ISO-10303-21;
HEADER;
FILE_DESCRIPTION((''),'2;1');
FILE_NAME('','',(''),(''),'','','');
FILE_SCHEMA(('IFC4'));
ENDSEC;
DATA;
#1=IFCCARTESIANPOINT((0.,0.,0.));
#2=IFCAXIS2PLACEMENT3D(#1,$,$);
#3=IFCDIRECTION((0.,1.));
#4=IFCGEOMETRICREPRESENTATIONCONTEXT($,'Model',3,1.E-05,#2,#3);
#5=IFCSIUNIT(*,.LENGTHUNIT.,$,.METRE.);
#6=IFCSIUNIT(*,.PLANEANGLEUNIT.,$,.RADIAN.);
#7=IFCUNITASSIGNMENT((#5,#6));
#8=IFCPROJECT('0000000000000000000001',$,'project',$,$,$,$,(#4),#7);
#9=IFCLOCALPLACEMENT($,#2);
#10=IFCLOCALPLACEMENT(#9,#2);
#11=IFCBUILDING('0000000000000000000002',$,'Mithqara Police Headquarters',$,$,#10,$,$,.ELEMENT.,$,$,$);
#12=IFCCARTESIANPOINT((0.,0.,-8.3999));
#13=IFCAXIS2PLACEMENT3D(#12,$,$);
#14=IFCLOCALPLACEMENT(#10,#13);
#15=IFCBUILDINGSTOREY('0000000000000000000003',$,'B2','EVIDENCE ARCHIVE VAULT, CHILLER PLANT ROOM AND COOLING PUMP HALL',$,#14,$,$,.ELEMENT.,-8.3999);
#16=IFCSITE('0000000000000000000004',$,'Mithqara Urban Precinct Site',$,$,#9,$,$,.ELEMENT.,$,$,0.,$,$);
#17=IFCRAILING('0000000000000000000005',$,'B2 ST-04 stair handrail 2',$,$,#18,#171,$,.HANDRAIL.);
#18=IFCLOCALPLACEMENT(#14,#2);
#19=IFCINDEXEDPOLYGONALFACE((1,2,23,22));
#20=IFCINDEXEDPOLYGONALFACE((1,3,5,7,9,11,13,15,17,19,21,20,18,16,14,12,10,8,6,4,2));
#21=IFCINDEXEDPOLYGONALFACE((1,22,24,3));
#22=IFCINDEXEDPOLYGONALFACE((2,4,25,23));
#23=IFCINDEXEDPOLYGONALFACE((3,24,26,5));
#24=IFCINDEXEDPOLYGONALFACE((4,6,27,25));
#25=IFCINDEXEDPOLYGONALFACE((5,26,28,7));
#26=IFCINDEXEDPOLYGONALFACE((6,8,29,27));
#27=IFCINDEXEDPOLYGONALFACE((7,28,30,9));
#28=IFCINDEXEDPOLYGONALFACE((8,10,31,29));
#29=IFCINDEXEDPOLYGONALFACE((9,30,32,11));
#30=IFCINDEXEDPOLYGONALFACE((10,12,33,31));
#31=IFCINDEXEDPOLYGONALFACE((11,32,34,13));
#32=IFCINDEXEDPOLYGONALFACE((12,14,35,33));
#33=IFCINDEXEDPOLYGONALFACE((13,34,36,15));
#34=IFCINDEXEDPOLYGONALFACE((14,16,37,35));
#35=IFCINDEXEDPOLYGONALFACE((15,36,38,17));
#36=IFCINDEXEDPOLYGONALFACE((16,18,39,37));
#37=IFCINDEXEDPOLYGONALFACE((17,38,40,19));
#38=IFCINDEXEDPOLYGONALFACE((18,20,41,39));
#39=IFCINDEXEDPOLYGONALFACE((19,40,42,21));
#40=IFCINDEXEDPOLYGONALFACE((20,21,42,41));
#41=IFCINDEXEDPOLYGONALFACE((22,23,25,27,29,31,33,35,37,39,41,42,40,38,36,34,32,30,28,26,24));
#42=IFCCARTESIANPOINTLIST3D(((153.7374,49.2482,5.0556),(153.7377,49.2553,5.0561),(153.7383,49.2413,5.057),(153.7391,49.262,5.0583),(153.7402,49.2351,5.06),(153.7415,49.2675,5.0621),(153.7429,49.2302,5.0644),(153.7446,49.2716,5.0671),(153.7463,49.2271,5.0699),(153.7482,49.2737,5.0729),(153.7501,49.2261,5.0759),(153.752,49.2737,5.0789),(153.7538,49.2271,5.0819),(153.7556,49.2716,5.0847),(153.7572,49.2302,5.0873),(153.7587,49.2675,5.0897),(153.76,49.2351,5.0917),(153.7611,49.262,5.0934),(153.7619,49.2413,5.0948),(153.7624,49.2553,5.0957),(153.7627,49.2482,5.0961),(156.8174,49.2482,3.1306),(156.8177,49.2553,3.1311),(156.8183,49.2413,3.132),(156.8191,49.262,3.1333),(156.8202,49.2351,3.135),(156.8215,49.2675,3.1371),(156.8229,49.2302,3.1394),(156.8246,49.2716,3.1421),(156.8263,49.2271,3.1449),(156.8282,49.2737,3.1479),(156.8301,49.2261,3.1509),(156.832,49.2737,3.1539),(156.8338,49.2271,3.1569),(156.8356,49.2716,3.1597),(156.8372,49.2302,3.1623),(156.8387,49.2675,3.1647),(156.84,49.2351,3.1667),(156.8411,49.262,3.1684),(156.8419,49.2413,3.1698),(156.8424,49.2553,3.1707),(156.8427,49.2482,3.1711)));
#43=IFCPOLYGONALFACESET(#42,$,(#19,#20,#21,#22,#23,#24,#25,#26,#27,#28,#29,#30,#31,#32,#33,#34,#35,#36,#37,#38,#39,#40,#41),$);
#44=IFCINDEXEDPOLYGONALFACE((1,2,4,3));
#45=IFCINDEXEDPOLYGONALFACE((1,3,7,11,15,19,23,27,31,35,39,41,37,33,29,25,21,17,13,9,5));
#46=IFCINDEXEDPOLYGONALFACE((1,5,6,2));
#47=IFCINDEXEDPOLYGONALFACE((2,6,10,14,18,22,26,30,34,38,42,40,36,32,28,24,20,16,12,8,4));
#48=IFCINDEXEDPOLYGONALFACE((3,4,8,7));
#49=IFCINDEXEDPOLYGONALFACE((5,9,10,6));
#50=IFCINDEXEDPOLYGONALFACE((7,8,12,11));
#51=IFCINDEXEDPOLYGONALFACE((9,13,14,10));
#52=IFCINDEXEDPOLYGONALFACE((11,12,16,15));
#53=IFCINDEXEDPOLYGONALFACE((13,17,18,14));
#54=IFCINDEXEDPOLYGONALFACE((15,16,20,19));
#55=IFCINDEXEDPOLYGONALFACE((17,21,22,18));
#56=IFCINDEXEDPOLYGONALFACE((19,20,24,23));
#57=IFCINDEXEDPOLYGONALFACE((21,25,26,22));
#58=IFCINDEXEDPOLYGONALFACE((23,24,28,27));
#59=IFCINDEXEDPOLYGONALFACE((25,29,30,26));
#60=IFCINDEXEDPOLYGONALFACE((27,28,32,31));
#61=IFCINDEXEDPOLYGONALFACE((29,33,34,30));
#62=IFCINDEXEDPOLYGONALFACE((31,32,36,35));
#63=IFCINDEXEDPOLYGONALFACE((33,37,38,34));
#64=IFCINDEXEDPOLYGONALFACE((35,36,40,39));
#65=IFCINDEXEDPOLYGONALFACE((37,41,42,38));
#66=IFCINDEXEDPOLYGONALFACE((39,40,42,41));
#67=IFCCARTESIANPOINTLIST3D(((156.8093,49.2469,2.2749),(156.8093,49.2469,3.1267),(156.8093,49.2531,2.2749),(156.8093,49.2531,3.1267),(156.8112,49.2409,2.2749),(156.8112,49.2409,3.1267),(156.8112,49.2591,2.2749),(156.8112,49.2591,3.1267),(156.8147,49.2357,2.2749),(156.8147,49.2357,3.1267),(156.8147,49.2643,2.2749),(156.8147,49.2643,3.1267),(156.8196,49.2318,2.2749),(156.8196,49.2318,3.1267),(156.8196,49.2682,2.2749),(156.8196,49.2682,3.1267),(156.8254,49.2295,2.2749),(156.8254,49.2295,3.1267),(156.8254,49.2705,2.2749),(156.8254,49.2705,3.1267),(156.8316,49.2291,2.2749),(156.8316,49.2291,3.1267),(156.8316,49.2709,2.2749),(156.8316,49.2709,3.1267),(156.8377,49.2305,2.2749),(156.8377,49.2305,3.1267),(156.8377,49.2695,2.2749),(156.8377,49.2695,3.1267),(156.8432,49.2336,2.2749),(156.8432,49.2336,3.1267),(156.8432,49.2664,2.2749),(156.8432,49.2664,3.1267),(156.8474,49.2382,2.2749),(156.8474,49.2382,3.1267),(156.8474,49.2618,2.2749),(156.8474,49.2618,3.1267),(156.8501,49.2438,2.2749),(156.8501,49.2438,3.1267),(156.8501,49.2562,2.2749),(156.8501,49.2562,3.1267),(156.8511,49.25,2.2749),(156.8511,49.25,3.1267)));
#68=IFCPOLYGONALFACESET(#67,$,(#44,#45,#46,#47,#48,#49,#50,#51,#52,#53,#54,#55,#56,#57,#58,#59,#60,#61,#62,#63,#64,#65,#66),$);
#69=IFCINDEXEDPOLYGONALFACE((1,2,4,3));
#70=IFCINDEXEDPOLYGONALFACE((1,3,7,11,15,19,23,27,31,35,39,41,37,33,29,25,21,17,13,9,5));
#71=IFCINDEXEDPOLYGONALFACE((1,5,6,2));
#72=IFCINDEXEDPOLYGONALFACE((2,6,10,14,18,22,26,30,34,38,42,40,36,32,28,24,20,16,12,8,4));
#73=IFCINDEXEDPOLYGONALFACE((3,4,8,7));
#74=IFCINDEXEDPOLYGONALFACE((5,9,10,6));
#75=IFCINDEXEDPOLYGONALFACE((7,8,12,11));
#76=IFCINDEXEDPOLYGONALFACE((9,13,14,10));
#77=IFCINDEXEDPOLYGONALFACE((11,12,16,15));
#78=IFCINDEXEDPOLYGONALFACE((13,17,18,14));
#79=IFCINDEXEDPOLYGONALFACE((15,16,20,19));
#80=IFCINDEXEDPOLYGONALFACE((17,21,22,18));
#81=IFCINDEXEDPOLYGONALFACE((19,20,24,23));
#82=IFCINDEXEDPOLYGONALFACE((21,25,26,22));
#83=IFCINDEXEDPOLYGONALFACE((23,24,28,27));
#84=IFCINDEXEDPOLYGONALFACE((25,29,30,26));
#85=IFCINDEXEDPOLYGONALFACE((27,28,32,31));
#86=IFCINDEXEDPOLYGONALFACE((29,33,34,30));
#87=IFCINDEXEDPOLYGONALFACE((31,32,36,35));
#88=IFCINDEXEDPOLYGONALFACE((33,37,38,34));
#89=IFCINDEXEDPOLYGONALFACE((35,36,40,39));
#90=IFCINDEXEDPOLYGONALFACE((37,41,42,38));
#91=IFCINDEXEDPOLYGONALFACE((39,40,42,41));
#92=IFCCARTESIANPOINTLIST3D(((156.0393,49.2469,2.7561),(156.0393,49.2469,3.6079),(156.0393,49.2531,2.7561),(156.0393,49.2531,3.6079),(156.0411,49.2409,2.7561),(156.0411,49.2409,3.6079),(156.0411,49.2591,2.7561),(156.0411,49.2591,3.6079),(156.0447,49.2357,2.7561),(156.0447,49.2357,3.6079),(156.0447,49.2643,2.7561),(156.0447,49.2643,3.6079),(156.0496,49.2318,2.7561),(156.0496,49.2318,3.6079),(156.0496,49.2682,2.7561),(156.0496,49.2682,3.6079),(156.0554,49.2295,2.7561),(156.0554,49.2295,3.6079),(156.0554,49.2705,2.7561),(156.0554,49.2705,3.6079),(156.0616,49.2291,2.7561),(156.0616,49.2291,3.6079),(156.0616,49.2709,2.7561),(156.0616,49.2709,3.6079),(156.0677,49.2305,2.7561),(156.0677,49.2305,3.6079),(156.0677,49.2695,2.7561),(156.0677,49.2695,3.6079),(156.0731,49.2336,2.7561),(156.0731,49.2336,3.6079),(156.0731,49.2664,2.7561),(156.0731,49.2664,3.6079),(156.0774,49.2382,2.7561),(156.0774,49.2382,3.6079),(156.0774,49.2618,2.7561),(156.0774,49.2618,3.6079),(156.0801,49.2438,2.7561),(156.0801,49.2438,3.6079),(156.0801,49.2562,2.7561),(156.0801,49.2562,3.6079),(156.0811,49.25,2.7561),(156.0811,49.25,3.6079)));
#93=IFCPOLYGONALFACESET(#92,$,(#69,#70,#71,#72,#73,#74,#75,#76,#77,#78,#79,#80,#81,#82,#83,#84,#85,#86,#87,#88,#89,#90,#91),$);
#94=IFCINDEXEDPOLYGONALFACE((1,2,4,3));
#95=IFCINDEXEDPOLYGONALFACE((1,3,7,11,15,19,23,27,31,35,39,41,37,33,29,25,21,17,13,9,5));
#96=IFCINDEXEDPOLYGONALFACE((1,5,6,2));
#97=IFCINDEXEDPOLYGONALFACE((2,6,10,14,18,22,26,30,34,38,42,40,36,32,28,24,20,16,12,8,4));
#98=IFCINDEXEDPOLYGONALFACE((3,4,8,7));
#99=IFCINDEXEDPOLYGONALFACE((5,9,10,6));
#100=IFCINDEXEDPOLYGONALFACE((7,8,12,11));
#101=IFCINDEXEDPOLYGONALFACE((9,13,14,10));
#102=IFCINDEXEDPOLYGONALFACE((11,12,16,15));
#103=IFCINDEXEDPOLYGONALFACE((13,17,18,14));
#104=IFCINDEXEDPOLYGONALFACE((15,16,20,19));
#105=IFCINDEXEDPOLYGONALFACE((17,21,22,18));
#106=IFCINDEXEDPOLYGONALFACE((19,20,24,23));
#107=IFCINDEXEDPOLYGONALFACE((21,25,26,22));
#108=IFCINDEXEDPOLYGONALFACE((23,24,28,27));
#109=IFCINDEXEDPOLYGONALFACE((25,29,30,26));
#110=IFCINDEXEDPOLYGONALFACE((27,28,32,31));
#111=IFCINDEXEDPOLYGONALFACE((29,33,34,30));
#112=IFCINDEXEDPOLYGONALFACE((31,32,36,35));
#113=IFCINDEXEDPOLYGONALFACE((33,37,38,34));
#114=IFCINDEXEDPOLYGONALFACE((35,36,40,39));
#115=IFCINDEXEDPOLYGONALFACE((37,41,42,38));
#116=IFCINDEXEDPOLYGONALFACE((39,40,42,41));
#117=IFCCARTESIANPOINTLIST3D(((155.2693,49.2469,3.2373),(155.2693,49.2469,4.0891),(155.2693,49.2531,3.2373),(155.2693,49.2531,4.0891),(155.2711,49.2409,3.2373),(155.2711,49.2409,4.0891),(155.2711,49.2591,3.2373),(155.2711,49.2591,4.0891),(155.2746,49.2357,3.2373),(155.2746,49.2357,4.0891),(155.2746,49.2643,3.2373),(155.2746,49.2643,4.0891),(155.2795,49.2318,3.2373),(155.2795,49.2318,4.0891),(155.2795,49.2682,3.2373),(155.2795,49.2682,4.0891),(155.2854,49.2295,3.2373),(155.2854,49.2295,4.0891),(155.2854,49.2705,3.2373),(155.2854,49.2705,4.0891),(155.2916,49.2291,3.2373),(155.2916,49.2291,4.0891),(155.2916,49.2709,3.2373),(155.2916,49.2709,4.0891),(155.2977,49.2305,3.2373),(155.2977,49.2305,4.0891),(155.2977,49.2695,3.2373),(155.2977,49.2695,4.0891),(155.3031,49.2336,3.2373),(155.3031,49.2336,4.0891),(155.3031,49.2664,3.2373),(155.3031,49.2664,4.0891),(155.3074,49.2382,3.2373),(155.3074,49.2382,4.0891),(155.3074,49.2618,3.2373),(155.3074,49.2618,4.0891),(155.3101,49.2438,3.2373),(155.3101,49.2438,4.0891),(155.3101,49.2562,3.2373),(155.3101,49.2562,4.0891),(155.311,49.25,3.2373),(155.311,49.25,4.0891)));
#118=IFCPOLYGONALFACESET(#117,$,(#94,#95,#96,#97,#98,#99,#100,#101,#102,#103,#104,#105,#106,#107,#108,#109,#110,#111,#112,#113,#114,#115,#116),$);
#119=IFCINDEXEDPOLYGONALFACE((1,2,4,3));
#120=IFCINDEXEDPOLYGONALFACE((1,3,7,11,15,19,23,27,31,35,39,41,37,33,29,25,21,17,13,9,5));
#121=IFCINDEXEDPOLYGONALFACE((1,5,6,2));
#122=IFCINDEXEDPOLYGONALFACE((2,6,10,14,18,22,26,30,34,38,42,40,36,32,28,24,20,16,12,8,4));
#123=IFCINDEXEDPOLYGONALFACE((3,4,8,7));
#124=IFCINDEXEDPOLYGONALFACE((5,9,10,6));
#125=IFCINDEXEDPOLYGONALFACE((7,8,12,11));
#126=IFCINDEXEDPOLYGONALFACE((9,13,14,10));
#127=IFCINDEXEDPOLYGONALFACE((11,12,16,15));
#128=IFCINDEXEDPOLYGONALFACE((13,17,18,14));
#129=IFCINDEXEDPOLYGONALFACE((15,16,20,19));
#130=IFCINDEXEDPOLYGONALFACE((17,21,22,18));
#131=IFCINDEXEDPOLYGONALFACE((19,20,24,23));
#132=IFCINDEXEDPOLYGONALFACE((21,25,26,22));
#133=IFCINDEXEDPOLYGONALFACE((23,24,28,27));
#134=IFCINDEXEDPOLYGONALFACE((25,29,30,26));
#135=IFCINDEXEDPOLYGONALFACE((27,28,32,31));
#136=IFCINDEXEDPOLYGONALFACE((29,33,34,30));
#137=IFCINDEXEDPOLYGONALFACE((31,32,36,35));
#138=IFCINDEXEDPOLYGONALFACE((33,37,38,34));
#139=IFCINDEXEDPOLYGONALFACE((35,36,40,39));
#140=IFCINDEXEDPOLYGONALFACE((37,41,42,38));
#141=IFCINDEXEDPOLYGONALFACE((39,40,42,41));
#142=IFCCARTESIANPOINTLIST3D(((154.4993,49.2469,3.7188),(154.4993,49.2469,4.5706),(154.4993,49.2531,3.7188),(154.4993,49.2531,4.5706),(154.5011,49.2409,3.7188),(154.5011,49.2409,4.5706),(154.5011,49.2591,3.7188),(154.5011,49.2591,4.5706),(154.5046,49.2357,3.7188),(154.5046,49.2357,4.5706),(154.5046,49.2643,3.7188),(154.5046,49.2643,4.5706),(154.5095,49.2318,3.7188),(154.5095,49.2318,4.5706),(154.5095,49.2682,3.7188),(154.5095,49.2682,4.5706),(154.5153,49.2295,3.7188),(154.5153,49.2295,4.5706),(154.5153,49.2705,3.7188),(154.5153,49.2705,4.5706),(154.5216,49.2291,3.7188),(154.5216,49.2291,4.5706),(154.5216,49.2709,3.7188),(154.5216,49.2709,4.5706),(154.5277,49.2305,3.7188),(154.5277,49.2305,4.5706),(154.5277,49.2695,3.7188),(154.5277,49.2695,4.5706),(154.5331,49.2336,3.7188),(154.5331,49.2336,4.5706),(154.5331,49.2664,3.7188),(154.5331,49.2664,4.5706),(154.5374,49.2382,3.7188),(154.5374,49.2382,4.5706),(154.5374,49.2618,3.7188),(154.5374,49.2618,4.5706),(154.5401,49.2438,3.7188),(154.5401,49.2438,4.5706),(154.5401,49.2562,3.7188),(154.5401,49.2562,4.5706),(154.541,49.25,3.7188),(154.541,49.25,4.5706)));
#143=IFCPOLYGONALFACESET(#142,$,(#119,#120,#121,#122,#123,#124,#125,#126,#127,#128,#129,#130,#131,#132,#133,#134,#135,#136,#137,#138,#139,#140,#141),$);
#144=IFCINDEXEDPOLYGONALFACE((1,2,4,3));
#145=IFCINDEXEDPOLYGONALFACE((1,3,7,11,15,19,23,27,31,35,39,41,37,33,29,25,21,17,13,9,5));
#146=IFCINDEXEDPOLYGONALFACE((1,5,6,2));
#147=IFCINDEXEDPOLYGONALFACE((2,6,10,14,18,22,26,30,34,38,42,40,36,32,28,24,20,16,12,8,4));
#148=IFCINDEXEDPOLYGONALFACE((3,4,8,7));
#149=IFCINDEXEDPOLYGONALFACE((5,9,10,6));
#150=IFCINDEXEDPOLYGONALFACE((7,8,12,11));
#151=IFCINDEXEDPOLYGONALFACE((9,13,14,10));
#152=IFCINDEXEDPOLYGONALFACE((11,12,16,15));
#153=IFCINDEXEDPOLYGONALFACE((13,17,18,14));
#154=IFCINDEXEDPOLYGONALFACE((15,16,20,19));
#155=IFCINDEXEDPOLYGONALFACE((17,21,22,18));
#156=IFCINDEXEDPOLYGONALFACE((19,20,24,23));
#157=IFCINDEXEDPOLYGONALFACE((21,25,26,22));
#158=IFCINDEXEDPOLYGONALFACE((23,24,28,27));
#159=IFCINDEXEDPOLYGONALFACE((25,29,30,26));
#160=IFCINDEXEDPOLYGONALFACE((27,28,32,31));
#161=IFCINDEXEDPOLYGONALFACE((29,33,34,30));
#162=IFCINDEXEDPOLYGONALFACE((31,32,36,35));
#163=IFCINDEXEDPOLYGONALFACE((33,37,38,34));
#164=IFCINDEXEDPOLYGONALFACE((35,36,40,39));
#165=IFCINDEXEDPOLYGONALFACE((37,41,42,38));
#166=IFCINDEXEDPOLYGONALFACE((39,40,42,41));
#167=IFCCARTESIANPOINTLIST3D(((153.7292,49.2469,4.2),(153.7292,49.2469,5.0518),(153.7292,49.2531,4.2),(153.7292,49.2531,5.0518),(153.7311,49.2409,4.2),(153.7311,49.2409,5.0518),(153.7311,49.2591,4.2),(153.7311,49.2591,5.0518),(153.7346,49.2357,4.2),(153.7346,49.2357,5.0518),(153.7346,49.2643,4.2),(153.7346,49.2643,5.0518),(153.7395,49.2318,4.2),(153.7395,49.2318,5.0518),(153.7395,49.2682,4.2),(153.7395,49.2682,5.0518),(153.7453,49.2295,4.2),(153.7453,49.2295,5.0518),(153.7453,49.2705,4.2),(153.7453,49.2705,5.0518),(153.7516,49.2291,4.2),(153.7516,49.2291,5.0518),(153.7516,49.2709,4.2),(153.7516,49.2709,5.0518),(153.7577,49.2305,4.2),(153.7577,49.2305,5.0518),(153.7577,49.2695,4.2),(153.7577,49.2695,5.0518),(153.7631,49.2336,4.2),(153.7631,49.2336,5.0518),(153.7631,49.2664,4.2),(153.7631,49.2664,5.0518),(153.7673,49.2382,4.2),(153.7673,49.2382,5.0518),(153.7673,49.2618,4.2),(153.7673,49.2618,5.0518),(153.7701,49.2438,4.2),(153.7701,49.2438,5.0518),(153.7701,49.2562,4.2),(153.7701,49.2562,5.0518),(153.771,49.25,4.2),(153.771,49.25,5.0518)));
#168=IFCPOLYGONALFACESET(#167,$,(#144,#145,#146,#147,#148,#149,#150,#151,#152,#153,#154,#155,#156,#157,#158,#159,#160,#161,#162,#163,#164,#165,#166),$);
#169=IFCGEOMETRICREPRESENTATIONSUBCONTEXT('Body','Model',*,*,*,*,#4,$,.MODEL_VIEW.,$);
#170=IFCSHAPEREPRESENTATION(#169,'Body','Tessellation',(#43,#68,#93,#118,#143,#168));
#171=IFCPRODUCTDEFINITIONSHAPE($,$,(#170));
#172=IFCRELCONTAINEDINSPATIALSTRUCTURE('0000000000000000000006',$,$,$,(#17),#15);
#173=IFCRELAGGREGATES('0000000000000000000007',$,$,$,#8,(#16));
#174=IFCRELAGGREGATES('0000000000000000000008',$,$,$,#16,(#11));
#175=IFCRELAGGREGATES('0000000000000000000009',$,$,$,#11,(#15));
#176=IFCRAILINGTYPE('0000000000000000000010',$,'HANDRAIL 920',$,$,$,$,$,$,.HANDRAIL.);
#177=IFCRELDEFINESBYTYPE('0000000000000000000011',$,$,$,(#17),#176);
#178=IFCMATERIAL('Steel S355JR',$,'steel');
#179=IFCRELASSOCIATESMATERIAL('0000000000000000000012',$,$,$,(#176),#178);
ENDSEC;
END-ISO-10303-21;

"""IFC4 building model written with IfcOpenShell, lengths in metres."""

from ifc_helpers import new_model, si_unit, direction, frame, origin, origin_2d, place, context, subcontext, project, spatial, circle, extrude, material, type_object, element, save


model = new_model("IFC4")

# Units and contexts
model_context = context("Model", 3, precision=1e-05, world=origin(), true_north=direction((0.0, 1.0)))
body_context = subcontext(model_context, "Body", "Model", "MODEL_VIEW")
ifc_project = project(units=[si_unit("LENGTHUNIT", "METRE"), si_unit("PLANEANGLEUNIT", "RADIAN")], contexts=[model_context])

# Site, building, storey
site_placement = place(None, origin())
site = spatial("IfcSite", under=ifc_project, at=site_placement, Name="Mithqara Urban Precinct Site", CompositionType="ELEMENT", RefElevation=0.0)
building_placement = place(site_placement, origin())
building = spatial("IfcBuilding", under=site, at=building_placement, Name="Mithqara Police Headquarters", CompositionType="ELEMENT")
storey_placement = place(building_placement, frame((0.0, 0.0, -8.3999)))
storey = spatial("IfcBuildingStorey", under=building, at=storey_placement, Name="B2", Description="EVIDENCE ARCHIVE VAULT, CHILLER PLANT ROOM AND COOLING PUMP HALL", CompositionType="ELEMENT", Elevation=-8.3999)

# Railing
ifc_material_1 = material(Name="Steel S355JR", Category="steel")
railing_type_1 = type_object("IfcRailingType", Name="HANDRAIL 920", PredefinedType="HANDRAIL", material=ifc_material_1)
railing_1_placement = place(storey_placement, frame((156.8301, 49.25, 2.2749)))
element("IfcRailing", 1, at=railing_1_placement, inside=storey, type_object=railing_type_1, Name="B2 ST-04 stair handrail 2", PredefinedType="HANDRAIL", context=body_context, shape_type="SweptSolid", body=[
    extrude(circle(Radius=0.0239, at=origin_2d()), frame((0.0, 0.0, 0.876), z_axis=(-0.847998, 0.0, 0.529999), x_axis=(0.0, -1.0, 0.0)), (0.0, 0.0, 1.0), 3.6321),
    extrude(circle(Radius=0.021, at=origin_2d()), origin(), (0.0, 0.0, 1.0), 0.8518),
    extrude(circle(Radius=0.021, at=origin_2d()), frame((-0.77, 0.0, 0.4812)), (0.0, 0.0, 1.0), 0.8518),
    extrude(circle(Radius=0.021, at=origin_2d()), frame((-1.54, 0.0, 0.9624)), (0.0, 0.0, 1.0), 0.8518),
    extrude(circle(Radius=0.021, at=origin_2d()), frame((-2.3101, 0.0, 1.4438)), (0.0, 0.0, 1.0), 0.8518),
    extrude(circle(Radius=0.021, at=origin_2d()), frame((-3.0801, 0.0, 1.925)), (0.0, 0.0, 1.0), 0.8518),
])

save(model, "model.ifc")
